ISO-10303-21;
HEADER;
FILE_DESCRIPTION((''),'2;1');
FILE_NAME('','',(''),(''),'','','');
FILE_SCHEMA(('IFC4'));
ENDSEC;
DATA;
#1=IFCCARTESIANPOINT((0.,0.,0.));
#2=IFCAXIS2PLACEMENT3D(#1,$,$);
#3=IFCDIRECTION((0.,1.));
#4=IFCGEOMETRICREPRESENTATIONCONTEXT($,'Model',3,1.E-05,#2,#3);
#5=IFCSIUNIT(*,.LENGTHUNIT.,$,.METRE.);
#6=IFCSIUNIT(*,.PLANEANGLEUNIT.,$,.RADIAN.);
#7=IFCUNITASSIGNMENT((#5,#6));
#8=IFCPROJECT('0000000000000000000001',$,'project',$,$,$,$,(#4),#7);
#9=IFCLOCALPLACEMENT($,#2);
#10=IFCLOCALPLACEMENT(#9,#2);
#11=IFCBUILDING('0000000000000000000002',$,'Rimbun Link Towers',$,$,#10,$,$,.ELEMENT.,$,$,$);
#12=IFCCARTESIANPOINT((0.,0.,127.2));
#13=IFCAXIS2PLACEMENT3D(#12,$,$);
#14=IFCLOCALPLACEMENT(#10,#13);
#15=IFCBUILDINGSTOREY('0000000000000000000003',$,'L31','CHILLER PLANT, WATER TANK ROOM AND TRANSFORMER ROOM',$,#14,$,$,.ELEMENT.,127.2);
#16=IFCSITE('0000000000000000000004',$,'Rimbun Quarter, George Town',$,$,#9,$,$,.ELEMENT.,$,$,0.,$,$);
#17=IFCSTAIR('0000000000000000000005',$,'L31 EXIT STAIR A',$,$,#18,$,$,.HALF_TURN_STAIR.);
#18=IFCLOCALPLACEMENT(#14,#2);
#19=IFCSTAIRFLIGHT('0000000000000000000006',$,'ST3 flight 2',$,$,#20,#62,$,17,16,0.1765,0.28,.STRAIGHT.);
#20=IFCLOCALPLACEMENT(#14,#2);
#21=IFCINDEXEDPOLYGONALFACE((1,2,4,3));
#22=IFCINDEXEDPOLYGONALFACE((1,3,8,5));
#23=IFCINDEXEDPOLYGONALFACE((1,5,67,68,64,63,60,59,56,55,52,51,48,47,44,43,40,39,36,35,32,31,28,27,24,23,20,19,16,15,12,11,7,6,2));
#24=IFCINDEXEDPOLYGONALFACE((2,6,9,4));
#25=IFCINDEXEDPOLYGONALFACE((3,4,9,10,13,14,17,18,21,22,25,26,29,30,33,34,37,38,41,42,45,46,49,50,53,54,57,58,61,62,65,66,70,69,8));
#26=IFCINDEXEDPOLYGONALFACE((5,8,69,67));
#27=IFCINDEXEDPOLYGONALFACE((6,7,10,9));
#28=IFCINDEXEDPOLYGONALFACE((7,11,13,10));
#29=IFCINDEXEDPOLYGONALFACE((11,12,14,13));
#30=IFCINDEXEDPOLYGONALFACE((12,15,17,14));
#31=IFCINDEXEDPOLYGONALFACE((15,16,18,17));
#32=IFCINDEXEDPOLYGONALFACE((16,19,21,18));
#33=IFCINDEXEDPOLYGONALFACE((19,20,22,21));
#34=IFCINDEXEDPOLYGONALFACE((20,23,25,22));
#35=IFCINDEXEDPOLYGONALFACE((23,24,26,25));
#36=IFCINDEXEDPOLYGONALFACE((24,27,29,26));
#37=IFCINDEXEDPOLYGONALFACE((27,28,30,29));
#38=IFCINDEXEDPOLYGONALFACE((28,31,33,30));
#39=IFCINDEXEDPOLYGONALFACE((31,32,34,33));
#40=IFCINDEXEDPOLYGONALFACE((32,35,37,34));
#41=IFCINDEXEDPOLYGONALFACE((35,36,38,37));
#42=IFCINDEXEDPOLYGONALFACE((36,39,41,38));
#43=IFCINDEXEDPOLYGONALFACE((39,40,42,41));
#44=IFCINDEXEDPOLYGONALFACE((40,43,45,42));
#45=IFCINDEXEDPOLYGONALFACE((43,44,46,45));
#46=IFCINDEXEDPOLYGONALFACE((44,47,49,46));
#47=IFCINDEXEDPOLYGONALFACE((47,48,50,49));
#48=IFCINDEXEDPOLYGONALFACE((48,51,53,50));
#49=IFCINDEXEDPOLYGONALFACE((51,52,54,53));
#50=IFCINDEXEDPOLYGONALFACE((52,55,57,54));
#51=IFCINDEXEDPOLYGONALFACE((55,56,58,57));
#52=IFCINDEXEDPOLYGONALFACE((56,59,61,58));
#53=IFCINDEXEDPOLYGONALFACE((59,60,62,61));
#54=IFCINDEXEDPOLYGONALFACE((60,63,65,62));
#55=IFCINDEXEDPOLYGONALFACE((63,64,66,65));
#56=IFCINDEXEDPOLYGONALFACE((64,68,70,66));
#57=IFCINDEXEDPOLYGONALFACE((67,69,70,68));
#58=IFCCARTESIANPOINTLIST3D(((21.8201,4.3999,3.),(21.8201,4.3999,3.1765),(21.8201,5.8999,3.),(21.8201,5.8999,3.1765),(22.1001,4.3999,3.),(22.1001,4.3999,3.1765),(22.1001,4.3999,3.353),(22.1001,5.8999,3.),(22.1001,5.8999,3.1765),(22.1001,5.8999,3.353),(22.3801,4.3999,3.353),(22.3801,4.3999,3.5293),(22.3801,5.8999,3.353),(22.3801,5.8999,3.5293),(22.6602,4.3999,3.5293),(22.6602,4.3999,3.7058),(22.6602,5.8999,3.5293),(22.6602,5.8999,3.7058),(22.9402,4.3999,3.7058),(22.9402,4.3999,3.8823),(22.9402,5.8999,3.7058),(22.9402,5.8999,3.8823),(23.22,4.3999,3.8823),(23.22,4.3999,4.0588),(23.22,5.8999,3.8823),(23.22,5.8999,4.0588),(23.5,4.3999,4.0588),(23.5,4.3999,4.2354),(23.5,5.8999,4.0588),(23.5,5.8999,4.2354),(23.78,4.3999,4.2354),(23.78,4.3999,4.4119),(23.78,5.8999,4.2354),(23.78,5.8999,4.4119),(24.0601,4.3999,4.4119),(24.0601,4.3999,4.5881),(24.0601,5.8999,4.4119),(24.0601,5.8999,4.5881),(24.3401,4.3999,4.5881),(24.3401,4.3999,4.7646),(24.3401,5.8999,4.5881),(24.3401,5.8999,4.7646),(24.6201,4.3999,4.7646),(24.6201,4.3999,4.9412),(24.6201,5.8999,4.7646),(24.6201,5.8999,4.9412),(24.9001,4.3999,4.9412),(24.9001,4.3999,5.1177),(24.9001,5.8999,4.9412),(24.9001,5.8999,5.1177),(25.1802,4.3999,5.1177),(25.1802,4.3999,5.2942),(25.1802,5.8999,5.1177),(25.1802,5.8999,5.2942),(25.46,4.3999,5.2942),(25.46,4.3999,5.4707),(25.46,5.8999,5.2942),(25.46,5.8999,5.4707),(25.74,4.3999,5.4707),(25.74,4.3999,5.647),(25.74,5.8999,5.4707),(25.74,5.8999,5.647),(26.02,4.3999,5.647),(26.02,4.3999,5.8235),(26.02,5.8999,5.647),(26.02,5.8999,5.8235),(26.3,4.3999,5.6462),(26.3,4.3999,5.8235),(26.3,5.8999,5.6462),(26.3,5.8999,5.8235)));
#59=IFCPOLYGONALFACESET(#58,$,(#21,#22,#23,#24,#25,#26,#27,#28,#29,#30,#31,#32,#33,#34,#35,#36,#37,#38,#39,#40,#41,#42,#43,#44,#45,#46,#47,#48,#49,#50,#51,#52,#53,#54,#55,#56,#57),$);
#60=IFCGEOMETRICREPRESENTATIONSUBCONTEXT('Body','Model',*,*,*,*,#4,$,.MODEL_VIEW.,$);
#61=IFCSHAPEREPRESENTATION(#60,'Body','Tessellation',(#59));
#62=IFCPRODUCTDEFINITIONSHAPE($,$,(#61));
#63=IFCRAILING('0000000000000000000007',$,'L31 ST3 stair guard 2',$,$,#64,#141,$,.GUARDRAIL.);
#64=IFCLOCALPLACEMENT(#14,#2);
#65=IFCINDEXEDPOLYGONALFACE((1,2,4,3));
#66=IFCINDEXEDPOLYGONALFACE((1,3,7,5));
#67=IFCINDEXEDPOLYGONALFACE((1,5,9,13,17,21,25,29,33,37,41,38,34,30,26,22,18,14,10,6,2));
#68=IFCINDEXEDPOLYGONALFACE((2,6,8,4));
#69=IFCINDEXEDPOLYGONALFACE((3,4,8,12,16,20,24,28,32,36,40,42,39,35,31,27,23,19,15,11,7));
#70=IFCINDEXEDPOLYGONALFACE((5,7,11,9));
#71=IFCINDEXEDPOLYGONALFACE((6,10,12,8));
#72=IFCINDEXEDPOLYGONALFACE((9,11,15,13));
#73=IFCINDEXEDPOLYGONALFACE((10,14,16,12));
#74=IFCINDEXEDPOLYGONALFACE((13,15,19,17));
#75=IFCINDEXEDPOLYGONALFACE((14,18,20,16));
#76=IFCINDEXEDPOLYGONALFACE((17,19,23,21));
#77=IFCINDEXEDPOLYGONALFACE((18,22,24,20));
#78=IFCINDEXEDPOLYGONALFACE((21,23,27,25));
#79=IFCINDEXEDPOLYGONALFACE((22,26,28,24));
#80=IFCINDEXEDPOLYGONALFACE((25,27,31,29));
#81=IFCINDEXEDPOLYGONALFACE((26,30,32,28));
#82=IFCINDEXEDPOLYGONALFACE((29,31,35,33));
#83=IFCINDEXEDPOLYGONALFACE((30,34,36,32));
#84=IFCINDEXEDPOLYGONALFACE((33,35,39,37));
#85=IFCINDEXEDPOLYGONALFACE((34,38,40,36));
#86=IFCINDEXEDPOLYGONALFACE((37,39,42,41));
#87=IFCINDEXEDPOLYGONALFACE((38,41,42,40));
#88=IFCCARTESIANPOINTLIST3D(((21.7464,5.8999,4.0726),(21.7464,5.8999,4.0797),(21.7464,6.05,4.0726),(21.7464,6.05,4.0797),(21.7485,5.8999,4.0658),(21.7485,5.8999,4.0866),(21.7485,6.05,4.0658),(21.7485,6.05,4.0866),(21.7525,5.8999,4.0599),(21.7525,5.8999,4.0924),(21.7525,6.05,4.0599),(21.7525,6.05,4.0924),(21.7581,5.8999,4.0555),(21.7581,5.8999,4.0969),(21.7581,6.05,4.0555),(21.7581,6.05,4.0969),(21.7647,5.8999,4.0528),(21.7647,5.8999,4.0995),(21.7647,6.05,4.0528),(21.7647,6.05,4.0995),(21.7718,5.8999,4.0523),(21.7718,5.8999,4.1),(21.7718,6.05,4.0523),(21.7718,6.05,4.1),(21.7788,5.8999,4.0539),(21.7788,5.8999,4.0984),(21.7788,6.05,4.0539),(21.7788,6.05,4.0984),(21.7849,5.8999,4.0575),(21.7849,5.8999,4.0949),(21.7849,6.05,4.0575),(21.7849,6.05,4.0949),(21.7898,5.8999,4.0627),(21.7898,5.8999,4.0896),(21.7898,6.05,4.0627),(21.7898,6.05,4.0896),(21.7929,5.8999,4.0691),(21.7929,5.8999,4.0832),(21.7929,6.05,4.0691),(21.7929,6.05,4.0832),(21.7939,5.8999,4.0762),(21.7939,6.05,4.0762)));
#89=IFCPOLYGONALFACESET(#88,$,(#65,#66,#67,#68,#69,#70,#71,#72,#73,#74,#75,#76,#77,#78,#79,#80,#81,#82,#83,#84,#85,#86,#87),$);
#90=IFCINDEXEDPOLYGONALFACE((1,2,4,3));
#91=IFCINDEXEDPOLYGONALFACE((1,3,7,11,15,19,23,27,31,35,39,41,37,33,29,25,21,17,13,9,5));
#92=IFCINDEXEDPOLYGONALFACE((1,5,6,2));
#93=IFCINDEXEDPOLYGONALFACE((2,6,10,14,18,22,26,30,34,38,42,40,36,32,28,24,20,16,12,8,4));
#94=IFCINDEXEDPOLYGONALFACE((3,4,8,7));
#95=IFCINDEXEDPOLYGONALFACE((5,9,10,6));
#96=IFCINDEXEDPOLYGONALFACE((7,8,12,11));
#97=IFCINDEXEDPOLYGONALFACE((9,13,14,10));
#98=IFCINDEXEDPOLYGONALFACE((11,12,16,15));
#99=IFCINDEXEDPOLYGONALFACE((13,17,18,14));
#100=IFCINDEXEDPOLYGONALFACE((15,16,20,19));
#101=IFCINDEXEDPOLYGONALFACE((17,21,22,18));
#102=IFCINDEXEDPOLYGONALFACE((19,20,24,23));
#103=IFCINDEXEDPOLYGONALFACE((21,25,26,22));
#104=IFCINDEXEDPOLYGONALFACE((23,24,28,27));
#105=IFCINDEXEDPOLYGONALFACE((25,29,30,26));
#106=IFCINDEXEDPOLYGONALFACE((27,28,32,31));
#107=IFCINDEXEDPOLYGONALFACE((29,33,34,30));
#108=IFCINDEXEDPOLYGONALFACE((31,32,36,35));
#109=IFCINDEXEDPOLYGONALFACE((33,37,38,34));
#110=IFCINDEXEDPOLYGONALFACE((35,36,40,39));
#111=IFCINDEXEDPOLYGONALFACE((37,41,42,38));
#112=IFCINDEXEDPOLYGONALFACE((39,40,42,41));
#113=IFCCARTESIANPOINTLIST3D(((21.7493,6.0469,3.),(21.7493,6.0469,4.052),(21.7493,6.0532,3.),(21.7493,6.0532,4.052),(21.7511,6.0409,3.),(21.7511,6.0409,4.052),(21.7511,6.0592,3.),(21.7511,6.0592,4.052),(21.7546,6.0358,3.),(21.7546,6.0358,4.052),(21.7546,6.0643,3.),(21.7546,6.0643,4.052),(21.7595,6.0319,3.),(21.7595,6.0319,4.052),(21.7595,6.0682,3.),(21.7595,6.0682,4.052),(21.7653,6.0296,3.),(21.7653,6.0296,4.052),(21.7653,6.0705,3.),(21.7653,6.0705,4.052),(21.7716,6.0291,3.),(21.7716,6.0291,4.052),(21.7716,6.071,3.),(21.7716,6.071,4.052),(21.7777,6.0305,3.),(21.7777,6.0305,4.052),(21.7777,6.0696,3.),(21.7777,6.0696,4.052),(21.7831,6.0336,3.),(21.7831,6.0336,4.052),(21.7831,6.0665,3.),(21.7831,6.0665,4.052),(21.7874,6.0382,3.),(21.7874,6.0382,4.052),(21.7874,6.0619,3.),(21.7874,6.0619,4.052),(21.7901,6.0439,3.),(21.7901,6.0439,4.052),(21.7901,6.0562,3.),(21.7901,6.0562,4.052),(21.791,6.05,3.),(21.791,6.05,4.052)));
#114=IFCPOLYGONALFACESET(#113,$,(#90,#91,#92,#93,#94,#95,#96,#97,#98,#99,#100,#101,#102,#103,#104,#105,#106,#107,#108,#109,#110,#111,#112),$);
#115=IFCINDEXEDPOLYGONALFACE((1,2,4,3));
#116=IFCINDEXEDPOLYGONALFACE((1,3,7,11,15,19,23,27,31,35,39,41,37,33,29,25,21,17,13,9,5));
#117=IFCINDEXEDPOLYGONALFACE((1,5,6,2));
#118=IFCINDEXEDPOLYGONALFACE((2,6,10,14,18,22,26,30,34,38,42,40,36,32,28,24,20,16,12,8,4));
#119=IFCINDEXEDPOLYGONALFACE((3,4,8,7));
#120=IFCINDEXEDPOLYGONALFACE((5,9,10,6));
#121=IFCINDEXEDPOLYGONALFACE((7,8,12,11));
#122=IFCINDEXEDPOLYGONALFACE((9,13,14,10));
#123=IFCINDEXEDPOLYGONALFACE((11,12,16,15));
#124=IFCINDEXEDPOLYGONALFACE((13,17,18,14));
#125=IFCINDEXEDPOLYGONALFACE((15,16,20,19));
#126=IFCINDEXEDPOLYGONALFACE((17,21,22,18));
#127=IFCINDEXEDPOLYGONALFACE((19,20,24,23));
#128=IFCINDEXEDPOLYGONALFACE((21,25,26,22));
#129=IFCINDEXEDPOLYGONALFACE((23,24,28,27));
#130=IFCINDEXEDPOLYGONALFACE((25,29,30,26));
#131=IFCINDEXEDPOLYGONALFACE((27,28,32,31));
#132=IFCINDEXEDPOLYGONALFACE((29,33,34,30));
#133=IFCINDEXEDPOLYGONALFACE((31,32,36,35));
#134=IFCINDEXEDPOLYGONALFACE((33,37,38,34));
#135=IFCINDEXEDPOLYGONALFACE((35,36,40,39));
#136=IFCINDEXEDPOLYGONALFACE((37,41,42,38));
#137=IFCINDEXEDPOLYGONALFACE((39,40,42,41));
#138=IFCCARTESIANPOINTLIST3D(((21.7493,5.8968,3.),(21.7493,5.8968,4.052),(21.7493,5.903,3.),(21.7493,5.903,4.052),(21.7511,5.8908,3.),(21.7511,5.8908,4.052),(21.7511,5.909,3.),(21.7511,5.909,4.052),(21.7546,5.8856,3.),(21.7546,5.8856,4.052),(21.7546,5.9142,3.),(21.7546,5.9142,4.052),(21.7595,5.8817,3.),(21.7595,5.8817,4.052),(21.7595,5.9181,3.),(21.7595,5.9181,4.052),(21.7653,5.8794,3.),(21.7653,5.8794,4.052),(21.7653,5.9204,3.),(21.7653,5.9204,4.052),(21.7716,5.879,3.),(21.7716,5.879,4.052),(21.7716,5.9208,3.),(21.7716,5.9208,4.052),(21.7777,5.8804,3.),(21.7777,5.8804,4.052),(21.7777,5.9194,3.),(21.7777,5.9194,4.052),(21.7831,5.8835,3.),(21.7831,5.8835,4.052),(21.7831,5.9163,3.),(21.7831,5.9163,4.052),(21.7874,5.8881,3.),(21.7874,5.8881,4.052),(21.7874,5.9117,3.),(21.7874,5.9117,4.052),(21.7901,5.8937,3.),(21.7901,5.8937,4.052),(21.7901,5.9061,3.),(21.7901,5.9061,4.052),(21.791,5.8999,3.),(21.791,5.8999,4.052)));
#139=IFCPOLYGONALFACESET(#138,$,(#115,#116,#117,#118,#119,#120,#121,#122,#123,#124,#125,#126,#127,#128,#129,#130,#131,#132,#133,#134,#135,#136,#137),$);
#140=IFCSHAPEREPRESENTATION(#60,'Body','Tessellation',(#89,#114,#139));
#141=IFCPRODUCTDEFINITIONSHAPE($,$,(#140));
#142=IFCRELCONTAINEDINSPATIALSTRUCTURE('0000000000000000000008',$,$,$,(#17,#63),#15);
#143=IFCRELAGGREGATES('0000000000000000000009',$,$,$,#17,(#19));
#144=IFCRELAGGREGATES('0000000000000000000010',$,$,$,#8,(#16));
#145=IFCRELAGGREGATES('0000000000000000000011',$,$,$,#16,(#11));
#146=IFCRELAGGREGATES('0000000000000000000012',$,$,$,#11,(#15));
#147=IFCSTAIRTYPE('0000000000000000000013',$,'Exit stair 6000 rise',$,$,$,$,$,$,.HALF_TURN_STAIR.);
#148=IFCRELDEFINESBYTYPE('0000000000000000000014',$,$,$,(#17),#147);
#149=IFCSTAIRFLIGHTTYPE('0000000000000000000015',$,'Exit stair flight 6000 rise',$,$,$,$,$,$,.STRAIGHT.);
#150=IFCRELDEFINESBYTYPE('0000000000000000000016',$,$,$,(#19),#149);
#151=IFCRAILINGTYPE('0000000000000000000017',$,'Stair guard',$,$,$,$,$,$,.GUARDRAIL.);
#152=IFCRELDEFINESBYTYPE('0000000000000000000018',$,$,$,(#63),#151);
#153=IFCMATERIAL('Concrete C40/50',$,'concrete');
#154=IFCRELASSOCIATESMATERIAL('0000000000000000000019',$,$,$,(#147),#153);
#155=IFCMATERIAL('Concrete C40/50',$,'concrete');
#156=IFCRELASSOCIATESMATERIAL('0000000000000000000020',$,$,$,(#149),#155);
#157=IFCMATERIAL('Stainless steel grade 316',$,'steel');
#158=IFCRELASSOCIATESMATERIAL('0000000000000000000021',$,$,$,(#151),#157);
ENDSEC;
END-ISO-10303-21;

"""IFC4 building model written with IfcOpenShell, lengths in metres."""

from ifc_helpers import new_model, si_unit, direction, frame, origin, origin_2d, place, context, subcontext, project, spatial, polyline, circle, outline, extrude, material, type_object, element, aggregate, save


model = new_model("IFC4")

# Units and contexts
model_context = context("Model", 3, precision=1e-05, world=origin(), true_north=direction((0.0, 1.0)))
body_context = subcontext(model_context, "Body", "Model", "MODEL_VIEW")
ifc_project = project(units=[si_unit("LENGTHUNIT", "METRE"), si_unit("PLANEANGLEUNIT", "RADIAN")], contexts=[model_context])

# Site, building, storey
site_placement = place(None, origin())
site = spatial("IfcSite", under=ifc_project, at=site_placement, Name="Rimbun Quarter, George Town", CompositionType="ELEMENT", RefElevation=0.0)
building_placement = place(site_placement, origin())
building = spatial("IfcBuilding", under=site, at=building_placement, Name="Rimbun Link Towers", CompositionType="ELEMENT")
storey_placement = place(building_placement, frame((0.0, 0.0, 127.2)))
storey = spatial("IfcBuildingStorey", under=building, at=storey_placement, Name="L31", Description="CHILLER PLANT, WATER TANK ROOM AND TRANSFORMER ROOM", CompositionType="ELEMENT", Elevation=127.2)

# Stair, stair flight
ifc_material_1 = material(Name="Concrete C40/50", Category="concrete")
stair_type = type_object("IfcStairType", Name="Exit stair 6000 rise", PredefinedType="HALF_TURN_STAIR", material=ifc_material_1)
stair_placement = place(storey_placement, origin())
stair = element("IfcStair", 1, at=stair_placement, inside=storey, type_object=stair_type, Name="L31 EXIT STAIR A", PredefinedType="HALF_TURN_STAIR")
ifc_material_2 = material(Name="Concrete C40/50", Category="concrete")
stair_flight_type = type_object("IfcStairFlightType", Name="Exit stair flight 6000 rise", PredefinedType="STRAIGHT", material=ifc_material_2)
stair_flight_placement = place(storey_placement, frame((21.8201, 5.1499, 3.0), z_axis=(0.0, 0.0, 1.0), x_axis=(1.0, 0.0, 0.0)))
stair_flight = element("IfcStairFlight", 2, at=stair_flight_placement, type_object=stair_flight_type, Name="ST3 flight 2", NumberOfRisers=17, NumberOfTreads=16, PredefinedType="STRAIGHT", RiserHeight=0.1765, TreadLength=0.28, context=body_context, shape_type="SweptSolid", body=[
    extrude(outline(polyline([(0.0, 0.0), (0.0, 0.1765), (0.28, 0.1765), (0.28, 0.353), (0.5601, 0.353), (0.5601, 0.5293), (0.8401, 0.5293), (0.8401, 0.7058), (1.1201, 0.7058), (1.1201, 0.8823), (1.3999, 0.8823), (1.3999, 1.0588), (1.6799, 1.0588), (1.6799, 1.2354), (1.96, 1.2354), (1.96, 1.4119), (2.24, 1.4119), (2.24, 1.5881), (2.52, 1.5881), (2.52, 1.7646), (2.8, 1.7646), (2.8, 1.9412), (3.0801, 1.9412), (3.0801, 2.1177), (3.3601, 2.1177), (3.3601, 2.2942), (3.6399, 2.2942), (3.6399, 2.4707), (3.9199, 2.4707), (3.9199, 2.647), (4.2, 2.647), (4.2, 2.8235), (4.48, 2.8235), (4.48, 3.0), (4.48, 2.6462), (0.28, 0.0), (0.0, 0.0)])), frame((0.0, 0.75, 0.0), z_axis=(0.0, -1.0, 0.0), x_axis=(1.0, 0.0, 0.0)), (0.0, 0.0, 1.0), 1.5),
])
aggregate(stair, [stair_flight])

# Railing
ifc_material_3 = material(Name="Stainless steel grade 316", Category="steel")
railing_type_1 = type_object("IfcRailingType", Name="Stair guard", PredefinedType="GUARDRAIL", material=ifc_material_3)
railing_1_placement = place(storey_placement, frame((21.77, 6.05, 3.0)))
element("IfcRailing", 3, at=railing_1_placement, inside=storey, type_object=railing_type_1, Name="L31 ST3 stair guard 2", PredefinedType="GUARDRAIL", context=body_context, shape_type="SweptSolid", body=[
    extrude(circle(Radius=0.0239, at=origin_2d()), frame((0.0, 0.0, 1.0762), z_axis=(0.0, -1.0, 0.0), x_axis=(1.0, 0.0, 0.0)), (0.0, 0.0, 1.0), 0.1501),
    extrude(circle(Radius=0.021, at=origin_2d()), origin(), (0.0, 0.0, 1.0), 1.052),
    extrude(circle(Radius=0.021, at=origin_2d()), frame((0.0, -0.1501, 0.0)), (0.0, 0.0, 1.0), 1.052),
])

save(model, "model.ifc")
